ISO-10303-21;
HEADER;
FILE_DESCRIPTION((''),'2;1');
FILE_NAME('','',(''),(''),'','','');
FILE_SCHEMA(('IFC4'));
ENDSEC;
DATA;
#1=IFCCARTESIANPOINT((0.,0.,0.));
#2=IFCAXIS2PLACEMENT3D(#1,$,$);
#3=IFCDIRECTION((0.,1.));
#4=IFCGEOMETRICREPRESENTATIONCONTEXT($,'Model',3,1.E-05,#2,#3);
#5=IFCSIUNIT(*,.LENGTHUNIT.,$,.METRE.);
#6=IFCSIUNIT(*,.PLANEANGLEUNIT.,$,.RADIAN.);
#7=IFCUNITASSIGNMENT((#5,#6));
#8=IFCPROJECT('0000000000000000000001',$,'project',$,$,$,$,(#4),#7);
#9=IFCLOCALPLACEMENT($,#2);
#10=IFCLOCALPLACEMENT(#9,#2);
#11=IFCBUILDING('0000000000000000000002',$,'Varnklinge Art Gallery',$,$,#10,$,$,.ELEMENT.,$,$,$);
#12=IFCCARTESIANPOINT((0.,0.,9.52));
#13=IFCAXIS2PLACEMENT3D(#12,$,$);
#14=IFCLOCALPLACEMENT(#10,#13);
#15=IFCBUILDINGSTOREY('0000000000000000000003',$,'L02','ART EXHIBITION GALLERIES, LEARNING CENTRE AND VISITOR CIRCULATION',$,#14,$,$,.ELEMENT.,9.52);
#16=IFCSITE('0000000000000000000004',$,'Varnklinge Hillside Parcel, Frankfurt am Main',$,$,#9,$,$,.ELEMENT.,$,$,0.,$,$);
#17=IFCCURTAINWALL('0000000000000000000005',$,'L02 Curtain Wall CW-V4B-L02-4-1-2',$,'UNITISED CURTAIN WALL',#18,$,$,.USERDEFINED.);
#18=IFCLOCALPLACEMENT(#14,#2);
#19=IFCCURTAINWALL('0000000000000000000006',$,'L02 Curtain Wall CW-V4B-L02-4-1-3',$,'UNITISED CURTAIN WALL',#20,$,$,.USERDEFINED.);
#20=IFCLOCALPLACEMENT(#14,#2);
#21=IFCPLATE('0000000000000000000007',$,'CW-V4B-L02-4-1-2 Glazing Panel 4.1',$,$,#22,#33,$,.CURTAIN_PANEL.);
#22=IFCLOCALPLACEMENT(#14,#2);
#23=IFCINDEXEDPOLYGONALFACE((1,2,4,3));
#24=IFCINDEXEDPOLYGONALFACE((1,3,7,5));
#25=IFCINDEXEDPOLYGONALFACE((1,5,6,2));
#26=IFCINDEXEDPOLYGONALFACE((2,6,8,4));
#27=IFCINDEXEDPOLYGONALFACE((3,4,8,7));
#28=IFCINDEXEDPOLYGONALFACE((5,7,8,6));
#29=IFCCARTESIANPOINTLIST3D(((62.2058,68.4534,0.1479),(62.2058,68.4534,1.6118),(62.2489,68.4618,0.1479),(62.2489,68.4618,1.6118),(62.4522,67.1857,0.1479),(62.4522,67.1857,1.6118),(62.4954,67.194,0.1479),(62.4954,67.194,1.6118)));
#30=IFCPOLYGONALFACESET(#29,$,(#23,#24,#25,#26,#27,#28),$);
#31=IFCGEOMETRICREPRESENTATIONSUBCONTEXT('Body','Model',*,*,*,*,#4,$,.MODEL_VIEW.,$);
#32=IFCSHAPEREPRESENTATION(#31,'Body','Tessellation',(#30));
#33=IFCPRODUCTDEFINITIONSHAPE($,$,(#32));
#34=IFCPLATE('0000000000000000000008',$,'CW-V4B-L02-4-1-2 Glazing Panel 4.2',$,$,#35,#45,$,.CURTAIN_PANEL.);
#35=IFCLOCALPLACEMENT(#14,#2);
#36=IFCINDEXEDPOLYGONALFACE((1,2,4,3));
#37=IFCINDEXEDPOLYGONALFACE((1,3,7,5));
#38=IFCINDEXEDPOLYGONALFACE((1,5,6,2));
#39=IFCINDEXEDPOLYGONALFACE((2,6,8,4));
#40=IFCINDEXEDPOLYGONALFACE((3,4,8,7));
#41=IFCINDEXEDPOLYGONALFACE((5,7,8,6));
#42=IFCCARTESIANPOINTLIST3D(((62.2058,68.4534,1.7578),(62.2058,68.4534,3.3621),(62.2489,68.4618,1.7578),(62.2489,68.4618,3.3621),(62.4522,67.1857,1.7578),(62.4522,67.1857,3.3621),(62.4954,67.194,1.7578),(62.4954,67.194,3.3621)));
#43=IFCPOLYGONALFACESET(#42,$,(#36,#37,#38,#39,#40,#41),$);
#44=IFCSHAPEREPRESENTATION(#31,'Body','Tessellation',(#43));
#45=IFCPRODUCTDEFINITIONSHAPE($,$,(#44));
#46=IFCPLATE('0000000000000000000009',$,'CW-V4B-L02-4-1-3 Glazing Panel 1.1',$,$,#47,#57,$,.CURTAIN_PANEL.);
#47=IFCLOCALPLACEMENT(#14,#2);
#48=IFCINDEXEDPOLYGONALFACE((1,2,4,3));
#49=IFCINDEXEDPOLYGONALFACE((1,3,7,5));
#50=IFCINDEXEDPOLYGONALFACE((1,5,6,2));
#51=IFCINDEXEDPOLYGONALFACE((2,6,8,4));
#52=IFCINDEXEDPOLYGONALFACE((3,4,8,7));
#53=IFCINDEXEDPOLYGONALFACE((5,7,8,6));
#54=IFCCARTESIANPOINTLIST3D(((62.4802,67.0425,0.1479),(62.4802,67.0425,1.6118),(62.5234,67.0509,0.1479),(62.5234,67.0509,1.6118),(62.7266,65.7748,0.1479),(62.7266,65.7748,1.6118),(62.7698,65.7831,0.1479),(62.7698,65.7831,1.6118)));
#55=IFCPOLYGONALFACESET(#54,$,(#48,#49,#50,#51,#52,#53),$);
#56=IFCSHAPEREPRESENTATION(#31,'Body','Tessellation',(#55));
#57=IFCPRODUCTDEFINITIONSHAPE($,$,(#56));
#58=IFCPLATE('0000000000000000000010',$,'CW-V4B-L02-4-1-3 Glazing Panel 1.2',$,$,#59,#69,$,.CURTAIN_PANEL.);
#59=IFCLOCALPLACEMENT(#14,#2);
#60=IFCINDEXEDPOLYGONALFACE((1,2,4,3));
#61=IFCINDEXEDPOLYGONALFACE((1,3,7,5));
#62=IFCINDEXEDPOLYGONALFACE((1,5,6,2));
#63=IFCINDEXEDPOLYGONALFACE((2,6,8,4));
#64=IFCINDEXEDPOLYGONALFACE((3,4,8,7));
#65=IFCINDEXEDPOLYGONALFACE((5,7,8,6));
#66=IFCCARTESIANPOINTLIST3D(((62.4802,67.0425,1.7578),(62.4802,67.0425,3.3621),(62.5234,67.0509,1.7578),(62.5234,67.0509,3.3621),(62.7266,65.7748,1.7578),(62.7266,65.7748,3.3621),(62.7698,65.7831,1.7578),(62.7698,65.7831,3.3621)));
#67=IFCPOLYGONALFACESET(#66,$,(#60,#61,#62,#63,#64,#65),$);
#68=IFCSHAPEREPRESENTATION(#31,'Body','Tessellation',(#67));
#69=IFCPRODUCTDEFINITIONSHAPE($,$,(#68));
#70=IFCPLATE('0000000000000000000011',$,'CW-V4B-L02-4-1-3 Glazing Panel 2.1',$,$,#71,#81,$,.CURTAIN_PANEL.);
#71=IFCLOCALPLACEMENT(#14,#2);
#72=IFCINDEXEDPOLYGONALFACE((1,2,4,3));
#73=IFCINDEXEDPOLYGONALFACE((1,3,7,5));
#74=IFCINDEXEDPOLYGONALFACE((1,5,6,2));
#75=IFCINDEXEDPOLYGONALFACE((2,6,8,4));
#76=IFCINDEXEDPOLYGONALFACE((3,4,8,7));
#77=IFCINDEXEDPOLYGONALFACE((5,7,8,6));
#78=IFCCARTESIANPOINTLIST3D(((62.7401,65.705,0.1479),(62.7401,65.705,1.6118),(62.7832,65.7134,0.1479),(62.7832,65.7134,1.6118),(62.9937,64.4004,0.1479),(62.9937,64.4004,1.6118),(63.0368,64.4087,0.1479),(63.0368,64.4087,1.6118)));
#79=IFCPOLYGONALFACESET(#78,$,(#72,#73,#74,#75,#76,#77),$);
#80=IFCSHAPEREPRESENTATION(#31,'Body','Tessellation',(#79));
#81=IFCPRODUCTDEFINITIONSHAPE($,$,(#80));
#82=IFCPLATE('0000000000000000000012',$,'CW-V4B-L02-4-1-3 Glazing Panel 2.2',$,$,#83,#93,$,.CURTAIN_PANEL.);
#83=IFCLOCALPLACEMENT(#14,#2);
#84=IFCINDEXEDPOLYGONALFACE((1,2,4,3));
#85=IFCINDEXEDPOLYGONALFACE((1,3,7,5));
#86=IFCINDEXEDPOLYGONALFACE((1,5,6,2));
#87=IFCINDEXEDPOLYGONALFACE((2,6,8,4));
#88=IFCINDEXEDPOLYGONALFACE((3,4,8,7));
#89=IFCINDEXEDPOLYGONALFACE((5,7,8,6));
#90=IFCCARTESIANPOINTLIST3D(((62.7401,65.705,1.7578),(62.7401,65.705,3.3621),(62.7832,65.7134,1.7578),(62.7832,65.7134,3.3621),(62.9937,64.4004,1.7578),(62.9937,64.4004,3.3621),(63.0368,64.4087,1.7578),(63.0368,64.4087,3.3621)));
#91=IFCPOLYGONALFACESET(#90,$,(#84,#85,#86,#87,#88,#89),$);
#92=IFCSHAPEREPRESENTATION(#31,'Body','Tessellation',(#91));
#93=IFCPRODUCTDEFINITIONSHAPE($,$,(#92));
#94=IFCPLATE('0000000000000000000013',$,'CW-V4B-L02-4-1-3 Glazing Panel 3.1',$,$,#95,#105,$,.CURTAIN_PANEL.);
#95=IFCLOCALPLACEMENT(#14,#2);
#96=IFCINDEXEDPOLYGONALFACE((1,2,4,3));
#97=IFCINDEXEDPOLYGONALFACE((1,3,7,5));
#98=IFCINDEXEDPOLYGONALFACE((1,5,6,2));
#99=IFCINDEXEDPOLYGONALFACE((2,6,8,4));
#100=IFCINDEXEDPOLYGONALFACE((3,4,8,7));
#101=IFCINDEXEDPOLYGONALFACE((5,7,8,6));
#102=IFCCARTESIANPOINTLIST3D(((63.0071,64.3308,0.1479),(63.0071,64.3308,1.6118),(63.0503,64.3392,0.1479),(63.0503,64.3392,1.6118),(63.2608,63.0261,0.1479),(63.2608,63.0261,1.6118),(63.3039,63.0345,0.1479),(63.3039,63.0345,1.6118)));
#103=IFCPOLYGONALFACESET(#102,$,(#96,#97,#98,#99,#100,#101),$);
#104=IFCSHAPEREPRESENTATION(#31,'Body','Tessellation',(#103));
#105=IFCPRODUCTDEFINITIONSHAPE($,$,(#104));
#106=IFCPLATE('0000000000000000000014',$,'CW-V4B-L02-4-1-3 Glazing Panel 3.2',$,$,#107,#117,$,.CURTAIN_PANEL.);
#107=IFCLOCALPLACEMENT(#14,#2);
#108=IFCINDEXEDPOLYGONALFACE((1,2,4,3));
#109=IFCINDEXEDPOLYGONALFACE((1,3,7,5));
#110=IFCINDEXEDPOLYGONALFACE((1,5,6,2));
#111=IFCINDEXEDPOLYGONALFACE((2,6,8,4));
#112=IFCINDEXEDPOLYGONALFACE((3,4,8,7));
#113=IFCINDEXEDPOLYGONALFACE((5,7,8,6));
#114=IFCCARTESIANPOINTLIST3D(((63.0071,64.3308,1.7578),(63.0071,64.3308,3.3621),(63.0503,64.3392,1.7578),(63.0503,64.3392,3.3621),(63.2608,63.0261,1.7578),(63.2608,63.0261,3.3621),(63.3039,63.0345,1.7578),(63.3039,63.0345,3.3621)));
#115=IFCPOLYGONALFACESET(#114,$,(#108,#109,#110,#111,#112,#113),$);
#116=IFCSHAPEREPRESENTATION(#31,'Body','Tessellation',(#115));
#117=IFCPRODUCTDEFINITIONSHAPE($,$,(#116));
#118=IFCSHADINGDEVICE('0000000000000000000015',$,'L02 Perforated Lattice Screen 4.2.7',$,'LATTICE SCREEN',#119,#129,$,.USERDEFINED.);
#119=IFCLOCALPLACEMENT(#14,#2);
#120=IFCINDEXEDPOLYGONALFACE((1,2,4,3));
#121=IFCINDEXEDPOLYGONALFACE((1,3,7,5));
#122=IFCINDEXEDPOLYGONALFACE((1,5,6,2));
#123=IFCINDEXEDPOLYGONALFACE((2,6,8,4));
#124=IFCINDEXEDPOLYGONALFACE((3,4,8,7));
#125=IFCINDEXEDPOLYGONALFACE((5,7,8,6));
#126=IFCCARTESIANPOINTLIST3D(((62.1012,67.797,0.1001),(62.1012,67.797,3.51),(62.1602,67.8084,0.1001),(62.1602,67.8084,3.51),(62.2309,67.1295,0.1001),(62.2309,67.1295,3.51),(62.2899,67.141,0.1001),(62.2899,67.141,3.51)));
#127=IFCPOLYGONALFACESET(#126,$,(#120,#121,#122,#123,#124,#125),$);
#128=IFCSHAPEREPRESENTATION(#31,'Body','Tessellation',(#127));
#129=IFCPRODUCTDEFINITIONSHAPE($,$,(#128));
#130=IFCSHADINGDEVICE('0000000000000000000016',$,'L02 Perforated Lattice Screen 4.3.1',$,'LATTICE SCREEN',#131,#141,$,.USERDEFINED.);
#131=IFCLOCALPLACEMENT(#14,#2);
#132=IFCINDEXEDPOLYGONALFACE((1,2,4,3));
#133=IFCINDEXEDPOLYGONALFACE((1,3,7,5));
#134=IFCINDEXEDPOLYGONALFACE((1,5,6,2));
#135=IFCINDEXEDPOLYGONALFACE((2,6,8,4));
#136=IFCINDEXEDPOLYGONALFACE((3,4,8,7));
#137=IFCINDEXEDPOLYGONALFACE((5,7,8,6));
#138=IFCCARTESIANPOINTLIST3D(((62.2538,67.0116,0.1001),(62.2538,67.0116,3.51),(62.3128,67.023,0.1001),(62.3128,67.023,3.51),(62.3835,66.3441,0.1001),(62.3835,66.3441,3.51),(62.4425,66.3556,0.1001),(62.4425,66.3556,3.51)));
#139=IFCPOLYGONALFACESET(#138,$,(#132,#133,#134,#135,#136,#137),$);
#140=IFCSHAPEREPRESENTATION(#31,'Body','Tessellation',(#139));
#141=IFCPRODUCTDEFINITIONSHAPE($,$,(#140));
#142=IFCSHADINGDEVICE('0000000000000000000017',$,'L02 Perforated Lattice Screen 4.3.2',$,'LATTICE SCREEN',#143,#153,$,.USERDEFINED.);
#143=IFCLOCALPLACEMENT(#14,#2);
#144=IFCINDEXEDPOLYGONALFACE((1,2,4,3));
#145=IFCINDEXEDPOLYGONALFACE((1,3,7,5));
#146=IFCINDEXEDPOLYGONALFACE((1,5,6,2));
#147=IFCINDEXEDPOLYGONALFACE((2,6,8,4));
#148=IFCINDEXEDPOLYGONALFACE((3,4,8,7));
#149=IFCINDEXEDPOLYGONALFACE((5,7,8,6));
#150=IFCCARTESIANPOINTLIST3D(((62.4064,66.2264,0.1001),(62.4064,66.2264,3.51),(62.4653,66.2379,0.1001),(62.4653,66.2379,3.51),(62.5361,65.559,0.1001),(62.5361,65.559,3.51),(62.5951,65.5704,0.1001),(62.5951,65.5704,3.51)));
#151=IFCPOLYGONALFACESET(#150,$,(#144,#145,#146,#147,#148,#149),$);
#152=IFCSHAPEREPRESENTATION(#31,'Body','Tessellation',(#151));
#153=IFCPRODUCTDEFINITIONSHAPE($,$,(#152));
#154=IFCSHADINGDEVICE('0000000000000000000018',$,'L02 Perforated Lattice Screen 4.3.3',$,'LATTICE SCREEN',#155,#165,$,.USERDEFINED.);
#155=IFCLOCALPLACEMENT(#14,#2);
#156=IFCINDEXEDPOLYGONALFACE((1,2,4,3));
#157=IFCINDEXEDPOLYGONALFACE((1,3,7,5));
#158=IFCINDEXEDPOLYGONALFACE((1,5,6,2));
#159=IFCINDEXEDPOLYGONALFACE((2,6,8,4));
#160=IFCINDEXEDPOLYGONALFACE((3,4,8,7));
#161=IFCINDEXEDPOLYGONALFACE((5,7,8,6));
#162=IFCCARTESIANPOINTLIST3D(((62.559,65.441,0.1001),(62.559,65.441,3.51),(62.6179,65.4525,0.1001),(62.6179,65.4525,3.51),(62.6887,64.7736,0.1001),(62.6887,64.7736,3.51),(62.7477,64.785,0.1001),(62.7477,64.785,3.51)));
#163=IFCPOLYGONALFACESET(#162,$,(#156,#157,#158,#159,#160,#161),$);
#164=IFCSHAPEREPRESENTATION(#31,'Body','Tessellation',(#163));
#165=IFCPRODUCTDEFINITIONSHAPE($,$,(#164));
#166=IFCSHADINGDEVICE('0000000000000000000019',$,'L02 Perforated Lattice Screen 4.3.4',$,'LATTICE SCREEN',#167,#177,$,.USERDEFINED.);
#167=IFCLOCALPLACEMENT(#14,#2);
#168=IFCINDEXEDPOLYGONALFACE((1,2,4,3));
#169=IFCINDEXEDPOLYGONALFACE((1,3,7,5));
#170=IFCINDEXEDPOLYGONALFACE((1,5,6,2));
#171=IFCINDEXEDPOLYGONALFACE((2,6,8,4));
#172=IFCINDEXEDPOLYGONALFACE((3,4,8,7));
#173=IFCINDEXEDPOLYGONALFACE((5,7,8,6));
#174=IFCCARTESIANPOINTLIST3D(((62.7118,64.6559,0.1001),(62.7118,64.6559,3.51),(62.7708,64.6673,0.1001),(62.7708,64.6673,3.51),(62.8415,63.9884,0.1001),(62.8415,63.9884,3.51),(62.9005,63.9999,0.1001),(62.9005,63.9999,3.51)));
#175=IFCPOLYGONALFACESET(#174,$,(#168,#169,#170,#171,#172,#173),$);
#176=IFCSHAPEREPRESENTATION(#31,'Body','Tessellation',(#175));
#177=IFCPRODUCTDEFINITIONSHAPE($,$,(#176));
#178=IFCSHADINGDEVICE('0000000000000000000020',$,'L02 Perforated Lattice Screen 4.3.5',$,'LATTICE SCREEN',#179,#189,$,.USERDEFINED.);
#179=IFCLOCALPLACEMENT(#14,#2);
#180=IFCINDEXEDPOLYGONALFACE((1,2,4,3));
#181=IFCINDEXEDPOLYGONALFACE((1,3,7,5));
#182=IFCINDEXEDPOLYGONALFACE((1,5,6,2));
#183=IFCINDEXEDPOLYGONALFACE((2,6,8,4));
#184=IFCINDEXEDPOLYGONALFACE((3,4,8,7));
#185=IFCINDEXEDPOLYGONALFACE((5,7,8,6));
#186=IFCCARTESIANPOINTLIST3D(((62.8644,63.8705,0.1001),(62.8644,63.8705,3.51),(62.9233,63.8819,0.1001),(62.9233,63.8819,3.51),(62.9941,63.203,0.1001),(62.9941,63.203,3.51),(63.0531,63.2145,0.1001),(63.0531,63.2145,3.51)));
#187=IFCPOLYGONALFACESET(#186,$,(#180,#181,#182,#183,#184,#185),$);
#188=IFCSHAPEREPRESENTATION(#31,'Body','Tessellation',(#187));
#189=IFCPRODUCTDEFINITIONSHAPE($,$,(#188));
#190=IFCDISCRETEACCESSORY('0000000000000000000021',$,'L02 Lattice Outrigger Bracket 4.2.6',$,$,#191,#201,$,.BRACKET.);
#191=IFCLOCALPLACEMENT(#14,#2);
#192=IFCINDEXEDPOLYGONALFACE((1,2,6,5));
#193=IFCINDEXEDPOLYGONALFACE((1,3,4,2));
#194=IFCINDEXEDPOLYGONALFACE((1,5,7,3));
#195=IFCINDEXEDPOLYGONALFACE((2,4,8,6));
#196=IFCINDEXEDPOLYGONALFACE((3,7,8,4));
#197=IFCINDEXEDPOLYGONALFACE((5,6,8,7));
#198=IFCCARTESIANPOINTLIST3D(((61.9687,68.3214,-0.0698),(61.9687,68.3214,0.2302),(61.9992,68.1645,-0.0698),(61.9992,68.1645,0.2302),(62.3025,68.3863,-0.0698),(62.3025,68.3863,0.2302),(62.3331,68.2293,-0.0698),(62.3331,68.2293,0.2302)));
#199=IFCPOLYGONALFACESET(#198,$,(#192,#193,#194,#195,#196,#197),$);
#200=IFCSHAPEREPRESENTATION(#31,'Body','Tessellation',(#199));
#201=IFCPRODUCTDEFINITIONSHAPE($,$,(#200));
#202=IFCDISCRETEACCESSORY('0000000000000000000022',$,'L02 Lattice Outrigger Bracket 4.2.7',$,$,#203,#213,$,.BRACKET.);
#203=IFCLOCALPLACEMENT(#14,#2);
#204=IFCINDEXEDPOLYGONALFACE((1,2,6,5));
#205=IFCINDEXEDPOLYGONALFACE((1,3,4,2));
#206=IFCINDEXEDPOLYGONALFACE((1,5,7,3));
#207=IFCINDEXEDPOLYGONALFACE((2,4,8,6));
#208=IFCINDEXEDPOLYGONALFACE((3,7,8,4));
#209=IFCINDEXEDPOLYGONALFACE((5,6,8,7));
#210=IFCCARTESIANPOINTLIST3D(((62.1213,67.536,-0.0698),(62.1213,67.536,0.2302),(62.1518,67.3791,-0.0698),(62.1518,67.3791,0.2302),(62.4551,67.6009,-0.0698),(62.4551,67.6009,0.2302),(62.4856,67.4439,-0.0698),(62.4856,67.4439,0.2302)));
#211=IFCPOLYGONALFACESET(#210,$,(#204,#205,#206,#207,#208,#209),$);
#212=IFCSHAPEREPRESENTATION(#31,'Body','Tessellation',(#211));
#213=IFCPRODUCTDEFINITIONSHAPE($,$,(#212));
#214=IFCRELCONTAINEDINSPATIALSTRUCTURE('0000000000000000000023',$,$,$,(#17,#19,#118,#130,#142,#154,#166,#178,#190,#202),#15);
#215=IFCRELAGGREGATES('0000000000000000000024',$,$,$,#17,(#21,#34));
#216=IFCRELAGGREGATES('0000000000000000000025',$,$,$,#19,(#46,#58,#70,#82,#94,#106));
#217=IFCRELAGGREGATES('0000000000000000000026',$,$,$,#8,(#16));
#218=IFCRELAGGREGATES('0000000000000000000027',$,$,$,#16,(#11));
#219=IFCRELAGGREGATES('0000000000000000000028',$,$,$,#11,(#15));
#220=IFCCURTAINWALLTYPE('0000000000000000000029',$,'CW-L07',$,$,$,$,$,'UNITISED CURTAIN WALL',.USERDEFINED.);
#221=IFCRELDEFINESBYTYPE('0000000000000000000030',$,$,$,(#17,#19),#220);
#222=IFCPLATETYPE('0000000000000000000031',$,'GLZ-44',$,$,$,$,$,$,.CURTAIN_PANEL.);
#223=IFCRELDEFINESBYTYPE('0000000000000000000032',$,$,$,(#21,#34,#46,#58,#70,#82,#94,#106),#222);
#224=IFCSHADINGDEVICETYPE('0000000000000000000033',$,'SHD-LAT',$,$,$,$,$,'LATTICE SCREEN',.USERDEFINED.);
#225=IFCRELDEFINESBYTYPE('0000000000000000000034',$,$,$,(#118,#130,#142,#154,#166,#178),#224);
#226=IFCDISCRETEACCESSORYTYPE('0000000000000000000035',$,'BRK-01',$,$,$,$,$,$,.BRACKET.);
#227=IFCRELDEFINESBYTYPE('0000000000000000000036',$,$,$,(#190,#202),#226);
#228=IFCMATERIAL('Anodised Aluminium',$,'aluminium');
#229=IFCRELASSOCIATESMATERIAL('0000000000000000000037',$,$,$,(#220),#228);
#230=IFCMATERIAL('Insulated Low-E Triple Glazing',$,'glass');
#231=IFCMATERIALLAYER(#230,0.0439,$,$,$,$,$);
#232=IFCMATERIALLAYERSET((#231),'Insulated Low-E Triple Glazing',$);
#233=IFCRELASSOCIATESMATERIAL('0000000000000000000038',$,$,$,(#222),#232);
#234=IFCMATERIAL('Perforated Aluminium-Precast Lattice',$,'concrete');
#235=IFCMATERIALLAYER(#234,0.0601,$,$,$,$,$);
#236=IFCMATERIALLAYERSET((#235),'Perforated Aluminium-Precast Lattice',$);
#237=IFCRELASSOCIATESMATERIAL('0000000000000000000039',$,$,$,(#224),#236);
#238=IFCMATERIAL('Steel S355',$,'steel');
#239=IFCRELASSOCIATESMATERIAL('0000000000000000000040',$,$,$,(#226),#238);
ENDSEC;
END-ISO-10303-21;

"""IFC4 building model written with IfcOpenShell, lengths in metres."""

from ifc_helpers import new_model, si_unit, direction, frame, origin, origin_2d, place, context, subcontext, project, spatial, rectangle, extrude, material, layer, layer_set, type_object, element, aggregate, save


model = new_model("IFC4")

# Units and contexts
model_context = context("Model", 3, precision=1e-05, world=origin(), true_north=direction((0.0, 1.0)))
body_context = subcontext(model_context, "Body", "Model", "MODEL_VIEW")
ifc_project = project(units=[si_unit("LENGTHUNIT", "METRE"), si_unit("PLANEANGLEUNIT", "RADIAN")], contexts=[model_context])

# Site, building, storey
site_placement = place(None, origin())
site = spatial("IfcSite", under=ifc_project, at=site_placement, Name="Varnklinge Hillside Parcel, Frankfurt am Main", CompositionType="ELEMENT", RefElevation=0.0)
building_placement = place(site_placement, origin())
building = spatial("IfcBuilding", under=site, at=building_placement, Name="Varnklinge Art Gallery", CompositionType="ELEMENT")
storey_placement = place(building_placement, frame((0.0, 0.0, 9.52)))
storey = spatial("IfcBuildingStorey", under=building, at=storey_placement, Name="L02", Description="ART EXHIBITION GALLERIES, LEARNING CENTRE AND VISITOR CIRCULATION", CompositionType="ELEMENT", Elevation=9.52)

# Curtain walls
ifc_material_1 = material(Name="Anodised Aluminium", Category="aluminium")
curtain_wall_type_1 = type_object("IfcCurtainWallType", Name="CW-L07", ElementType="UNITISED CURTAIN WALL", PredefinedType="USERDEFINED", material=ifc_material_1)
curtain_wall_1_placement = place(storey_placement, origin())
curtain_wall_1 = element("IfcCurtainWall", 1, at=curtain_wall_1_placement, inside=storey, type_object=curtain_wall_type_1, Name="L02 Curtain Wall CW-V4B-L02-4-1-2", ObjectType="UNITISED CURTAIN WALL", PredefinedType="USERDEFINED")
curtain_wall_2_placement = place(storey_placement, origin())
curtain_wall_2 = element("IfcCurtainWall", 2, at=curtain_wall_2_placement, inside=storey, type_object=curtain_wall_type_1, Name="L02 Curtain Wall CW-V4B-L02-4-1-3", ObjectType="UNITISED CURTAIN WALL", PredefinedType="USERDEFINED")

# Shared definitions
ifc_material_2 = material(Name="Insulated Low-E Triple Glazing", Category="glass")
ifc_layer_1 = layer(ifc_material_2, 0.0439)
ifc_layer_set_1 = layer_set([ifc_layer_1], Name="Insulated Low-E Triple Glazing")
plate_type = type_object("IfcPlateType", Name="GLZ-44", PredefinedType="CURTAIN_PANEL", material=ifc_layer_set_1)

# Plates
plate_1_placement = place(storey_placement, frame((62.3506, 67.8237, 0.1479), z_axis=(0.0, 0.0, 1.0), x_axis=(0.190809, -0.981627, 0.0)))
plate_1 = element("IfcPlate", 3, at=plate_1_placement, type_object=plate_type, Name="CW-V4B-L02-4-1-2 Glazing Panel 4.1", PredefinedType="CURTAIN_PANEL", context=body_context, shape_type="SweptSolid", body=[
    extrude(rectangle(XDim=1.2915, YDim=0.0439, at=origin_2d()), origin(), (0.0, 0.0, 1.0), 1.4639),
])
plate_2_placement = place(storey_placement, frame((62.3506, 67.8237, 1.7578), z_axis=(0.0, 0.0, 1.0), x_axis=(0.190809, -0.981627, 0.0)))
plate_2 = element("IfcPlate", 4, at=plate_2_placement, type_object=plate_type, Name="CW-V4B-L02-4-1-2 Glazing Panel 4.2", PredefinedType="CURTAIN_PANEL", context=body_context, shape_type="SweptSolid", body=[
    extrude(rectangle(XDim=1.2915, YDim=0.0439, at=origin_2d()), origin(), (0.0, 0.0, 1.0), 1.6042),
])
aggregate(curtain_wall_1, [plate_1, plate_2])
plate_3_placement = place(storey_placement, frame((62.625, 66.4128, 0.1479), z_axis=(0.0, 0.0, 1.0), x_axis=(0.190809, -0.981627, 0.0)))
plate_3 = element("IfcPlate", 5, at=plate_3_placement, type_object=plate_type, Name="CW-V4B-L02-4-1-3 Glazing Panel 1.1", PredefinedType="CURTAIN_PANEL", context=body_context, shape_type="SweptSolid", body=[
    extrude(rectangle(XDim=1.2915, YDim=0.0439, at=origin_2d()), origin(), (0.0, 0.0, 1.0), 1.4639),
])
plate_4_placement = place(storey_placement, frame((62.625, 66.4128, 1.7578), z_axis=(0.0, 0.0, 1.0), x_axis=(0.190809, -0.981627, 0.0)))
plate_4 = element("IfcPlate", 6, at=plate_4_placement, type_object=plate_type, Name="CW-V4B-L02-4-1-3 Glazing Panel 1.2", PredefinedType="CURTAIN_PANEL", context=body_context, shape_type="SweptSolid", body=[
    extrude(rectangle(XDim=1.2915, YDim=0.0439, at=origin_2d()), origin(), (0.0, 0.0, 1.0), 1.6042),
])
plate_5_placement = place(storey_placement, frame((62.8884, 65.0569, 0.1479), z_axis=(0.0, 0.0, 1.0), x_axis=(0.190809, -0.981627, 0.0)))
plate_5 = element("IfcPlate", 7, at=plate_5_placement, type_object=plate_type, Name="CW-V4B-L02-4-1-3 Glazing Panel 2.1", PredefinedType="CURTAIN_PANEL", context=body_context, shape_type="SweptSolid", body=[
    extrude(rectangle(XDim=1.3291, YDim=0.0439, at=origin_2d()), origin(), (0.0, 0.0, 1.0), 1.4639),
])
plate_6_placement = place(storey_placement, frame((62.8884, 65.0569, 1.7578), z_axis=(0.0, 0.0, 1.0), x_axis=(0.190809, -0.981627, 0.0)))
plate_6 = element("IfcPlate", 8, at=plate_6_placement, type_object=plate_type, Name="CW-V4B-L02-4-1-3 Glazing Panel 2.2", PredefinedType="CURTAIN_PANEL", context=body_context, shape_type="SweptSolid", body=[
    extrude(rectangle(XDim=1.3291, YDim=0.0439, at=origin_2d()), origin(), (0.0, 0.0, 1.0), 1.6042),
])
plate_7_placement = place(storey_placement, frame((63.1555, 63.6826, 0.1479), z_axis=(0.0, 0.0, 1.0), x_axis=(0.190809, -0.981627, 0.0)))
plate_7 = element("IfcPlate", 9, at=plate_7_placement, type_object=plate_type, Name="CW-V4B-L02-4-1-3 Glazing Panel 3.1", PredefinedType="CURTAIN_PANEL", context=body_context, shape_type="SweptSolid", body=[
    extrude(rectangle(XDim=1.3291, YDim=0.0439, at=origin_2d()), origin(), (0.0, 0.0, 1.0), 1.4639),
])
plate_8_placement = place(storey_placement, frame((63.1555, 63.6826, 1.7578), z_axis=(0.0, 0.0, 1.0), x_axis=(0.190809, -0.981627, 0.0)))
plate_8 = element("IfcPlate", 10, at=plate_8_placement, type_object=plate_type, Name="CW-V4B-L02-4-1-3 Glazing Panel 3.2", PredefinedType="CURTAIN_PANEL", context=body_context, shape_type="SweptSolid", body=[
    extrude(rectangle(XDim=1.3291, YDim=0.0439, at=origin_2d()), origin(), (0.0, 0.0, 1.0), 1.6042),
])
aggregate(curtain_wall_2, [plate_3, plate_4, plate_5, plate_6, plate_7, plate_8])

# Shading devices
ifc_material_3 = material(Name="Perforated Aluminium-Precast Lattice", Category="concrete")
ifc_layer_2 = layer(ifc_material_3, 0.0601)
ifc_layer_set_2 = layer_set([ifc_layer_2], Name="Perforated Aluminium-Precast Lattice")
shading_device_type = type_object("IfcShadingDeviceType", Name="SHD-LAT", ElementType="LATTICE SCREEN", PredefinedType="USERDEFINED", material=ifc_layer_set_2)
for number, where, z_axis, x_axis, name in (
    (11, (62.1956, 67.469, 0.1001), (0.0, 0.0, 1.0), (0.190809, -0.981627, 0.0), "L02 Perforated Lattice Screen 4.2.7"),
    (12, (62.3481, 66.6836, 0.1001), (0.0, 0.0, 1.0), (0.190809, -0.981627, 0.0), "L02 Perforated Lattice Screen 4.3.1"),
    (13, (62.5007, 65.8984, 0.1001), (0.0, 0.0, 1.0), (0.190809, -0.981627, 0.0), "L02 Perforated Lattice Screen 4.3.2"),
    (14, (62.6533, 65.113, 0.1001), (0.0, 0.0, 1.0), (0.190809, -0.981627, 0.0), "L02 Perforated Lattice Screen 4.3.3"),
    (15, (62.8062, 64.3279, 0.1001), (0.0, 0.0, 1.0), (0.190809, -0.981627, 0.0), "L02 Perforated Lattice Screen 4.3.4"),
    (16, (62.9587, 63.5425, 0.1001), (0.0, 0.0, 1.0), (0.190809, -0.981627, 0.0), "L02 Perforated Lattice Screen 4.3.5"),
):
    element("IfcShadingDevice", number, at=place(storey_placement, frame(where, z_axis=z_axis, x_axis=x_axis)), inside=storey, type_object=shading_device_type, Name=name, ObjectType="LATTICE SCREEN", PredefinedType="USERDEFINED", context=body_context, shape_type="SweptSolid", body=[
        extrude(rectangle(XDim=0.6799, YDim=0.0601, at=origin_2d()), origin(), (0.0, 0.0, 1.0), 3.4099),
    ])

# Discrete accessories
ifc_material_4 = material(Name="Steel S355", Category="steel")
discrete_accessory_type = type_object("IfcDiscreteAccessoryType", Name="BRK-01", PredefinedType="BRACKET", material=ifc_material_4)
for number, where, z_axis, x_axis, name in (
    (17, (62.1509, 68.2754, -0.0698), (0.0, 0.0, 1.0), (0.190809, -0.981627, 0.0), "L02 Lattice Outrigger Bracket 4.2.6"),
    (18, (62.3035, 67.49, -0.0698), (0.0, 0.0, 1.0), (0.190809, -0.981627, 0.0), "L02 Lattice Outrigger Bracket 4.2.7"),
):
    element("IfcDiscreteAccessory", number, at=place(storey_placement, frame(where, z_axis=z_axis, x_axis=x_axis)), inside=storey, type_object=discrete_accessory_type, Name=name, PredefinedType="BRACKET", context=body_context, shape_type="SweptSolid", body=[
        extrude(rectangle(XDim=0.1599, YDim=0.3401, at=origin_2d()), origin(), (0.0, 0.0, 1.0), 0.3),
    ])

save(model, "model.ifc")
